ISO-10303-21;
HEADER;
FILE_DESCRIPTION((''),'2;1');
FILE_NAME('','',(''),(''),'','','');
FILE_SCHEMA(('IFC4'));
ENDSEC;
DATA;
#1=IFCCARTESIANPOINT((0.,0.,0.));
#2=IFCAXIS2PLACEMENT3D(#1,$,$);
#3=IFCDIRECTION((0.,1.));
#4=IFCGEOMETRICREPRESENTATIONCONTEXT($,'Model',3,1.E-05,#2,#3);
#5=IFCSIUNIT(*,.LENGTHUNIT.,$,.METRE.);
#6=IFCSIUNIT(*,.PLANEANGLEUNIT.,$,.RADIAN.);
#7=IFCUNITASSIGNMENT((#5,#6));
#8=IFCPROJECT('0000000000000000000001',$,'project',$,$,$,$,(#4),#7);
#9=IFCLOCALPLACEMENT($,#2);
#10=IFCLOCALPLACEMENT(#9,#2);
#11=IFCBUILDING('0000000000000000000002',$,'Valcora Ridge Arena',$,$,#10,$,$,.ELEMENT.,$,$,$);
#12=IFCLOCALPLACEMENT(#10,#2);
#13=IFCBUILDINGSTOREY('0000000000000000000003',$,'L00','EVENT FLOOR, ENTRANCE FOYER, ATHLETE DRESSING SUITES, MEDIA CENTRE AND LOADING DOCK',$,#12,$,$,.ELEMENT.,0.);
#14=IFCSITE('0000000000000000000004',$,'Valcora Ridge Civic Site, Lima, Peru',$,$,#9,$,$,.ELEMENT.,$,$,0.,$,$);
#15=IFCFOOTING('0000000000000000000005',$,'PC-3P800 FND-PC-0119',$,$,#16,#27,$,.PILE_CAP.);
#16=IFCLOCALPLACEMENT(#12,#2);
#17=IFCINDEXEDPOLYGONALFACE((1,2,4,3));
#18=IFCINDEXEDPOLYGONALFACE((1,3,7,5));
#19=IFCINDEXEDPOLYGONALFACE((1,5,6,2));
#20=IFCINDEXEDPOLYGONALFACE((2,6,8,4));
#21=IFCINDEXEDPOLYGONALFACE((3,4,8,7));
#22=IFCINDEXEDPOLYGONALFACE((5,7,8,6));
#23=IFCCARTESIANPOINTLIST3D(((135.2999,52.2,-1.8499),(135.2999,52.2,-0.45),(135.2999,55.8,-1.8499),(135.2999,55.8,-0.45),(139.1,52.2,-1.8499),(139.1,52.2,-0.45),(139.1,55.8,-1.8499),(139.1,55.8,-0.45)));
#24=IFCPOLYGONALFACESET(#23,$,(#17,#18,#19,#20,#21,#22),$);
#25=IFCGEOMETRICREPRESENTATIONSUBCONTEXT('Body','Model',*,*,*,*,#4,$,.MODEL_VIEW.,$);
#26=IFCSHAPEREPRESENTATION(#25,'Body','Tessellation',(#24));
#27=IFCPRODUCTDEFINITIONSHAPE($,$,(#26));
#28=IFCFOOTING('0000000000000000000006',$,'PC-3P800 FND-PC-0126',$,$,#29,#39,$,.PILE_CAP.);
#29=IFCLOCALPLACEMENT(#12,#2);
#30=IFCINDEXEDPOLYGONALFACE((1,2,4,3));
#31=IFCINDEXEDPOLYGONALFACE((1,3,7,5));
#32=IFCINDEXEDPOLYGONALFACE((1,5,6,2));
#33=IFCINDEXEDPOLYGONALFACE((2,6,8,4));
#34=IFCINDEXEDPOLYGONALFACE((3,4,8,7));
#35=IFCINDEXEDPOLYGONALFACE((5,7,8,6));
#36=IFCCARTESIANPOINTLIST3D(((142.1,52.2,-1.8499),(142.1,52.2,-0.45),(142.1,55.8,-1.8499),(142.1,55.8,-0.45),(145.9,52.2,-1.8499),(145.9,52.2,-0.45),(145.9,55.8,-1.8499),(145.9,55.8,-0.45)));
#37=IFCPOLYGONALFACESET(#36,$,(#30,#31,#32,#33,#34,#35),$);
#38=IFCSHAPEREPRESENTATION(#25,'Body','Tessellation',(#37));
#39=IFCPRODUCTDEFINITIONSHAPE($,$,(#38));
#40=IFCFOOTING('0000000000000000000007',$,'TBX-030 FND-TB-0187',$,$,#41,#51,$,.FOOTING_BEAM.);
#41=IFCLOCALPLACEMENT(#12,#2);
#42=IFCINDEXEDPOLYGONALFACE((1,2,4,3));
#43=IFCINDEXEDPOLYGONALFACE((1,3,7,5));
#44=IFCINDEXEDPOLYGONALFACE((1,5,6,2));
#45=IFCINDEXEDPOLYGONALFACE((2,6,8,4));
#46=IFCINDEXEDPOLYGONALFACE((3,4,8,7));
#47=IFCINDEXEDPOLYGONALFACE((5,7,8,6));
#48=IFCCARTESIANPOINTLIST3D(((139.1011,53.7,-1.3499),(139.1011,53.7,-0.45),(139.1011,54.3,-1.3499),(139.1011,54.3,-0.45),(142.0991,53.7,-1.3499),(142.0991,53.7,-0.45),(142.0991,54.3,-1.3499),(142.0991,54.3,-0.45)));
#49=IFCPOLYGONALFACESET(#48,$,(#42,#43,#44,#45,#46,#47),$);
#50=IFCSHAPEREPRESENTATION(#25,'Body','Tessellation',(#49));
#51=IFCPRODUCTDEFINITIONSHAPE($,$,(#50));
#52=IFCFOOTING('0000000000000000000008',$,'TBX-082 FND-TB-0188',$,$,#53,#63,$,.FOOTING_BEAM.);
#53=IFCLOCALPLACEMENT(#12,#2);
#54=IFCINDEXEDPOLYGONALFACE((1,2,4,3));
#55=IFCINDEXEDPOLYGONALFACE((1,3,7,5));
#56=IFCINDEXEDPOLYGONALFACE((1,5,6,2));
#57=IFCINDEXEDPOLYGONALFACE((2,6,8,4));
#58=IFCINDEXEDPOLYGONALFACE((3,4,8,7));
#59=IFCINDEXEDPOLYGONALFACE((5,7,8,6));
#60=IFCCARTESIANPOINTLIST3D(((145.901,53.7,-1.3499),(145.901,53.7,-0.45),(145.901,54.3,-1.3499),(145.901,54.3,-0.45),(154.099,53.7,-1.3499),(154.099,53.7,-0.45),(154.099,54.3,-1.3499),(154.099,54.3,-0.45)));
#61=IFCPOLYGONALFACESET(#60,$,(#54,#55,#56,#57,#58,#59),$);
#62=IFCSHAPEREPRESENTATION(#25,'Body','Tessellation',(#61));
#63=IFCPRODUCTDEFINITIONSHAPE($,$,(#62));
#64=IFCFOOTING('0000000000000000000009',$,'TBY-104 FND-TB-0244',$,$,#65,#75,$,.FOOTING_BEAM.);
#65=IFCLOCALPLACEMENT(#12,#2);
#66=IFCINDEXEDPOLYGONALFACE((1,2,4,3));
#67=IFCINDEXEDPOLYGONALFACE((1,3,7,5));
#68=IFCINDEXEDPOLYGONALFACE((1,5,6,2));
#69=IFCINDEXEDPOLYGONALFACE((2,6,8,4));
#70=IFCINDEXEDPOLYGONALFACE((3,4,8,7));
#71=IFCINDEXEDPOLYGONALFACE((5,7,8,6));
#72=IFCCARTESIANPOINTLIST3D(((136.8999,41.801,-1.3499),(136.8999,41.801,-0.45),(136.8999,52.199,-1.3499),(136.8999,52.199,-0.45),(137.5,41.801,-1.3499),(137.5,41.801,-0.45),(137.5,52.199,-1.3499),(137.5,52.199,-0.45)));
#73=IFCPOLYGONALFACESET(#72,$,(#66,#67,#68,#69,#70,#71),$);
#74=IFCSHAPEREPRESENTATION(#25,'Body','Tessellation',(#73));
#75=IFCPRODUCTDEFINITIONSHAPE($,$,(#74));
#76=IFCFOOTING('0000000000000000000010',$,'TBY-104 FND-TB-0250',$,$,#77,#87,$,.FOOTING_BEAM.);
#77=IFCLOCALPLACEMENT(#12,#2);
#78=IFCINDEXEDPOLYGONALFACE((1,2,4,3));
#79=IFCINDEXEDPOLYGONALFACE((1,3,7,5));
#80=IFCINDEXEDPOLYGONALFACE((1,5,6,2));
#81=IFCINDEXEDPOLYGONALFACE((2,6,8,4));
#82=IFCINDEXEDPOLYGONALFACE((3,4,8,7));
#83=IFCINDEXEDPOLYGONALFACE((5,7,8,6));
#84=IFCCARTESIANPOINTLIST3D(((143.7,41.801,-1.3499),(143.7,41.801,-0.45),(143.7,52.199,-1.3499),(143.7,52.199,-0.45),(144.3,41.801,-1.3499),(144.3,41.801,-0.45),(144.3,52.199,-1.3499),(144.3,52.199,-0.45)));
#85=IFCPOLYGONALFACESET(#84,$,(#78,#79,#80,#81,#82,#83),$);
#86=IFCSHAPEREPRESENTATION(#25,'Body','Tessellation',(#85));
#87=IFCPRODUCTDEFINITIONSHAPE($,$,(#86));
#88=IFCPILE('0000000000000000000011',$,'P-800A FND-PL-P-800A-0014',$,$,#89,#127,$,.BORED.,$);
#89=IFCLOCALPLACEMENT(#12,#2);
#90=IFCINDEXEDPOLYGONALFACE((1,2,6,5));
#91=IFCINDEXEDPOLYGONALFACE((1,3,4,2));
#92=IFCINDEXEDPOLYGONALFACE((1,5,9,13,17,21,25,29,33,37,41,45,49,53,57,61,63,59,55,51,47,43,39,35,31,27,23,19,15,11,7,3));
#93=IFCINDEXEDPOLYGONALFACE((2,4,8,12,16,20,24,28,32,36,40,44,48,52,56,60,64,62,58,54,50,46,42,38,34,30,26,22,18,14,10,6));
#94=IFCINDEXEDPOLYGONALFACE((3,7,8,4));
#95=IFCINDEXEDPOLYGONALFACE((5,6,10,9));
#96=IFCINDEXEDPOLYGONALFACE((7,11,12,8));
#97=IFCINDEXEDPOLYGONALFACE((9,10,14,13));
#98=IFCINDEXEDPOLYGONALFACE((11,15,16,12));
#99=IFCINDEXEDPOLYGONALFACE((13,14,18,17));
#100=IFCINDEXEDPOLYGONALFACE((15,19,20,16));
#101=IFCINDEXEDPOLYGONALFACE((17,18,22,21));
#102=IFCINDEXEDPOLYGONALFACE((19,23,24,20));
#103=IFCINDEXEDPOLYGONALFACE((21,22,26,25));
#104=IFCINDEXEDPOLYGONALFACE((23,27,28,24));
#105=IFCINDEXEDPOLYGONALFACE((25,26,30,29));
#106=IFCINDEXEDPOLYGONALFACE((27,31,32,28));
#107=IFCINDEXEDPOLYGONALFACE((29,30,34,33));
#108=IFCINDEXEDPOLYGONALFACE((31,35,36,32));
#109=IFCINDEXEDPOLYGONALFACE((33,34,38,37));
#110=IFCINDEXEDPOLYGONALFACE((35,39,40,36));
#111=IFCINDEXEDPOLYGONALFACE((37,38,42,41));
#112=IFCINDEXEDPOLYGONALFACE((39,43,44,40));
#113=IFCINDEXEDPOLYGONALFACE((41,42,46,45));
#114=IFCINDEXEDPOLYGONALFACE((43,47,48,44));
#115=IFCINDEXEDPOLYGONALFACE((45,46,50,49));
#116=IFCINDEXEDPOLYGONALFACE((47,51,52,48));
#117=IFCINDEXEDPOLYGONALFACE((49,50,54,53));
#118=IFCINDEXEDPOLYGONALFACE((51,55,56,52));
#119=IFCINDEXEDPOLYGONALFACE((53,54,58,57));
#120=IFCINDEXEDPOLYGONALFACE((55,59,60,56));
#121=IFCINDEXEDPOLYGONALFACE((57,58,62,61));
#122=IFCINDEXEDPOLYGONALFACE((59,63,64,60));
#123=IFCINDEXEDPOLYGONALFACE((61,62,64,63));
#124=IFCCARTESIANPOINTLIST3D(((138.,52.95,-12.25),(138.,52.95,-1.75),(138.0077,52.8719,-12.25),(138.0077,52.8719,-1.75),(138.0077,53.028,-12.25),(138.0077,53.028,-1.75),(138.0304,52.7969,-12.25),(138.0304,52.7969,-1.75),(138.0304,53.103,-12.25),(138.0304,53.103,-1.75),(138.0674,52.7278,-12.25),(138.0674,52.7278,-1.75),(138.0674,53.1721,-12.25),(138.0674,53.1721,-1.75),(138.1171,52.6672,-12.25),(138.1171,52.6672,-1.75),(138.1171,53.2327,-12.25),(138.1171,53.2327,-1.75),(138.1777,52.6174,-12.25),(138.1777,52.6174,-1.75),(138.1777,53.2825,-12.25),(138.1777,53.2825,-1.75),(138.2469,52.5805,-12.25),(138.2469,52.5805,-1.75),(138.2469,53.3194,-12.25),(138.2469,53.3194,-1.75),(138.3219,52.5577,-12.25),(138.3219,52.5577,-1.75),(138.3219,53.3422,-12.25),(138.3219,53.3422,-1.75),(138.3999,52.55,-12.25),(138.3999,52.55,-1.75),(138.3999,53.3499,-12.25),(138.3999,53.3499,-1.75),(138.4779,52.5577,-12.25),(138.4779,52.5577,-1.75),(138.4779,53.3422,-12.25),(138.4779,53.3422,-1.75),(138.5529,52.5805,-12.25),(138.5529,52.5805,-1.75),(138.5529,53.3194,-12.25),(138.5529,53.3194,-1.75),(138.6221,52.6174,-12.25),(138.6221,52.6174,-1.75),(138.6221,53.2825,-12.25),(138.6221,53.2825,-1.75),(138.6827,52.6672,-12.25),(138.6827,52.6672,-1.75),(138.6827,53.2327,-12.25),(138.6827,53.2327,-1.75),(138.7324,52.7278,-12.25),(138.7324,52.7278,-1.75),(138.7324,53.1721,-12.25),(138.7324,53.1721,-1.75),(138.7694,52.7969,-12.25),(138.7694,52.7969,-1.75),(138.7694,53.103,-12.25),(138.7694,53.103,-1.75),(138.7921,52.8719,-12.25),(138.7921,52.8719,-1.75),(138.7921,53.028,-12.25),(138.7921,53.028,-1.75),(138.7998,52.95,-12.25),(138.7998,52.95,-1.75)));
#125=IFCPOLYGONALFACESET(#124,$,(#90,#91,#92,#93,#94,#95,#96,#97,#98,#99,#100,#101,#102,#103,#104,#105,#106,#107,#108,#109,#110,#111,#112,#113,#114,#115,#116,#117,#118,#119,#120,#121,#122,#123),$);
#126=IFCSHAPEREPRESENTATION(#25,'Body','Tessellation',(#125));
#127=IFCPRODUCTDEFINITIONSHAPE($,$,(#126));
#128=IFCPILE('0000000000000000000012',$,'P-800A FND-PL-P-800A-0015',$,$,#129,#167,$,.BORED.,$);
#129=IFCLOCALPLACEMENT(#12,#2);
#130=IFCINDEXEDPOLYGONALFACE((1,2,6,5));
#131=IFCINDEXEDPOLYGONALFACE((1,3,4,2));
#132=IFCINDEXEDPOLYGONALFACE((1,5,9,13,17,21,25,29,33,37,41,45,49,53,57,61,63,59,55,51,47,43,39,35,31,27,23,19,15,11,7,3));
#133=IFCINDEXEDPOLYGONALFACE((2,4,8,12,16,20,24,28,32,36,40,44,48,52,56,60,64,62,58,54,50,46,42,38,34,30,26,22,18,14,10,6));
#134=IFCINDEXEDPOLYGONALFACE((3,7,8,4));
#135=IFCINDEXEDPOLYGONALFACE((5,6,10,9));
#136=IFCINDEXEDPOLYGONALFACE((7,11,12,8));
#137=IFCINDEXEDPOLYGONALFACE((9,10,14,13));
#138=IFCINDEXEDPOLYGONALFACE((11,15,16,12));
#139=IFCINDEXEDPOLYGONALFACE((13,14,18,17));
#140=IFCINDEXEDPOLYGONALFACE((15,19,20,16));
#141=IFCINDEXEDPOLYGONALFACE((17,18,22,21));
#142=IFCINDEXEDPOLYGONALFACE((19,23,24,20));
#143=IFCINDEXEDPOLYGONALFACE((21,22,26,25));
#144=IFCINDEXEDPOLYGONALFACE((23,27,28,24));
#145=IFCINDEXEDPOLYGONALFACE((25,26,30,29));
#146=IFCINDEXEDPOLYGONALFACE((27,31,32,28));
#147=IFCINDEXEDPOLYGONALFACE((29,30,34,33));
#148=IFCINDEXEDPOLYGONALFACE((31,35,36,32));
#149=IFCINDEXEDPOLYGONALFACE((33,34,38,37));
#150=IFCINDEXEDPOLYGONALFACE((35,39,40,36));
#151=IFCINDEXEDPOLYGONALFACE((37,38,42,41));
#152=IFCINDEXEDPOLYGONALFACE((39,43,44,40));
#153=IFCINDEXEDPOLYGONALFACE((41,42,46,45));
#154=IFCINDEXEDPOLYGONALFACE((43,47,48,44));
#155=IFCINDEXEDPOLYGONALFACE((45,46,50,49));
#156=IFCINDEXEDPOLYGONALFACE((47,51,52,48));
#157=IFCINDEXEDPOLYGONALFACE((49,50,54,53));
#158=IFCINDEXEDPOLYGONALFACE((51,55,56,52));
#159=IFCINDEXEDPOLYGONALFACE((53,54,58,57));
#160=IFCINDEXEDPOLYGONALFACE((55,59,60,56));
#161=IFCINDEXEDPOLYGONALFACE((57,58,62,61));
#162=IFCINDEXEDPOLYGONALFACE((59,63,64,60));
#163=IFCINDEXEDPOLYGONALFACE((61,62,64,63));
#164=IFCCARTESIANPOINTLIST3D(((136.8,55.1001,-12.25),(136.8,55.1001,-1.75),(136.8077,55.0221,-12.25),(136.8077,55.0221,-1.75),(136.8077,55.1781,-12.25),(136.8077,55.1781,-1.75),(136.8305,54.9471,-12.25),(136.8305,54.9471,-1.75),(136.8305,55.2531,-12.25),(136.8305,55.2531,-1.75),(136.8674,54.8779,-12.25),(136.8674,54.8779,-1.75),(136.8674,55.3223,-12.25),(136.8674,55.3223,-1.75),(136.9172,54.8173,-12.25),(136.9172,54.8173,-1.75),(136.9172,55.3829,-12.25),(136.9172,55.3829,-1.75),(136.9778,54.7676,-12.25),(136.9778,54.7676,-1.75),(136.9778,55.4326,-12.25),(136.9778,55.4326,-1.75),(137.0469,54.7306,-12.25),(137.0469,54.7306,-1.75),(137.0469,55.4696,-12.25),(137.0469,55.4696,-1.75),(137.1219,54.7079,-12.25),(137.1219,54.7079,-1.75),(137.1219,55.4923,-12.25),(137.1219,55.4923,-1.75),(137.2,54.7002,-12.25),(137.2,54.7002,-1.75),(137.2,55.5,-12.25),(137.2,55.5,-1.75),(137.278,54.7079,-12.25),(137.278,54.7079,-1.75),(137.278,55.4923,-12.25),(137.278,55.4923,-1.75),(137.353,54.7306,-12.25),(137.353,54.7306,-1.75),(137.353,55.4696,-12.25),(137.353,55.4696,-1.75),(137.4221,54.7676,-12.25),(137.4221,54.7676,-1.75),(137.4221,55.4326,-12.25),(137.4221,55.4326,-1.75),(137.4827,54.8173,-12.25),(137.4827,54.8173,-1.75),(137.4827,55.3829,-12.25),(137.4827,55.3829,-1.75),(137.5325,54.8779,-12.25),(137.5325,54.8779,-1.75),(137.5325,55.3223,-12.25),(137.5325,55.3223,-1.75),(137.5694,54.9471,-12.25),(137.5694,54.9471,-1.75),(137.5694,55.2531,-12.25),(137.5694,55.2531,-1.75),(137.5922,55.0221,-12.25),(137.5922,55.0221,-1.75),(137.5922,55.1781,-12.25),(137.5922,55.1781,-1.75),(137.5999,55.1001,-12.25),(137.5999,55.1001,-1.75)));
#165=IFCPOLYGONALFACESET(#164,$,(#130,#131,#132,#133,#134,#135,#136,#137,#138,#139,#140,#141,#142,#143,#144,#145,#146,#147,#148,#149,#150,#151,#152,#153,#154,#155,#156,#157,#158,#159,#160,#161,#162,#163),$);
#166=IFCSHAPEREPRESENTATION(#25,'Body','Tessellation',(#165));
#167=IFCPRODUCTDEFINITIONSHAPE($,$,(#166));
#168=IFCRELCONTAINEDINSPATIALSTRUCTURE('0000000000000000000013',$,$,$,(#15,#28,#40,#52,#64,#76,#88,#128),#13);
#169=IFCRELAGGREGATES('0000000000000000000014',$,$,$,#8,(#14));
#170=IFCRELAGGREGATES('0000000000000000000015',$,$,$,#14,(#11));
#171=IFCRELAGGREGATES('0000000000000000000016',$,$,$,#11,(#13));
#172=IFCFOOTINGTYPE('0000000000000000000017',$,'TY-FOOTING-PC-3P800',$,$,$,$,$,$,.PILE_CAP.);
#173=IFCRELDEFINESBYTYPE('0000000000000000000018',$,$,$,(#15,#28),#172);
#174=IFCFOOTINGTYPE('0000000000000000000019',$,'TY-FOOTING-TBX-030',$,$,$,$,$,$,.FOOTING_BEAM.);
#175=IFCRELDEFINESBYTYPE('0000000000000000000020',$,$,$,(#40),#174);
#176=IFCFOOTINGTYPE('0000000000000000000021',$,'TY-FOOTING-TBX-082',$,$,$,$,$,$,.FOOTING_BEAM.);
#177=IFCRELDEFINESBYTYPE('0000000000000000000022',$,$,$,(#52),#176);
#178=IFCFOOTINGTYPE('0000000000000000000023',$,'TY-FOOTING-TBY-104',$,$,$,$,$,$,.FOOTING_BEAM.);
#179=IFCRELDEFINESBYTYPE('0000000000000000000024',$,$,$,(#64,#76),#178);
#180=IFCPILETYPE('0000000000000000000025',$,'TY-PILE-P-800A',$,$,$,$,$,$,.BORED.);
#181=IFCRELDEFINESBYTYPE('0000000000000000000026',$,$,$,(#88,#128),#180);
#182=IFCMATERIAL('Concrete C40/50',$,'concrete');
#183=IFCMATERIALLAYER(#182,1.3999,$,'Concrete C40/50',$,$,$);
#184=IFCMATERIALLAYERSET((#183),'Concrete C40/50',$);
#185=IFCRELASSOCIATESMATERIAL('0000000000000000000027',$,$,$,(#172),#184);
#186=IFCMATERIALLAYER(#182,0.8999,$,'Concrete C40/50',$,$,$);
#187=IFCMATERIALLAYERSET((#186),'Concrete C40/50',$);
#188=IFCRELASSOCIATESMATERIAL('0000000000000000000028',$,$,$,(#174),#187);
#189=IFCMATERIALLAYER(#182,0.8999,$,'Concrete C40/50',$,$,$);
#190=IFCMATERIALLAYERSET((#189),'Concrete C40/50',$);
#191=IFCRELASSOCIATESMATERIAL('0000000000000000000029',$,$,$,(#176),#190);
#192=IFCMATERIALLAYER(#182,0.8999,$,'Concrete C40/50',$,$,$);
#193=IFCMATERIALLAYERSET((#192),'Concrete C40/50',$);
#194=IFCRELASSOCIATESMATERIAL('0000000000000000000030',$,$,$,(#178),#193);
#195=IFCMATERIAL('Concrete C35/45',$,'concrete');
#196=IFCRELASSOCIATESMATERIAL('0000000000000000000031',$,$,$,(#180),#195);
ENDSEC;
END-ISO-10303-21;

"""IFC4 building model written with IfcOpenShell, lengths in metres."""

from ifc_helpers import new_model, si_unit, direction, frame, origin, origin_2d, place, context, subcontext, project, spatial, rectangle, circle, extrude, material, layer, layer_set, material_profile, profile_set, type_object, element, save


model = new_model("IFC4")

# Units and contexts
model_context = context("Model", 3, precision=1e-05, world=origin(), true_north=direction((0.0, 1.0)))
body_context = subcontext(model_context, "Body", "Model", "MODEL_VIEW")
ifc_project = project(units=[si_unit("LENGTHUNIT", "METRE"), si_unit("PLANEANGLEUNIT", "RADIAN")], contexts=[model_context])

# Site, building, storey
site_placement = place(None, origin())
site = spatial("IfcSite", under=ifc_project, at=site_placement, Name="Valcora Ridge Civic Site, Lima, Peru", CompositionType="ELEMENT", RefElevation=0.0)
building_placement = place(site_placement, origin())
building = spatial("IfcBuilding", under=site, at=building_placement, Name="Valcora Ridge Arena", CompositionType="ELEMENT")
storey_placement = place(building_placement, origin())
storey = spatial("IfcBuildingStorey", under=building, at=storey_placement, Name="L00", Description="EVENT FLOOR, ENTRANCE FOYER, ATHLETE DRESSING SUITES, MEDIA CENTRE AND LOADING DOCK", CompositionType="ELEMENT", Elevation=0.0)

# Footings
ifc_material_1 = material(Name="Concrete C40/50", Category="concrete")
ifc_layer_1 = layer(ifc_material_1, 1.3999, Name="Concrete C40/50")
ifc_layer_set_1 = layer_set([ifc_layer_1], Name="Concrete C40/50")
footing_type_1 = type_object("IfcFootingType", Name="TY-FOOTING-PC-3P800", PredefinedType="PILE_CAP", material=ifc_layer_set_1)
for number, where, z_axis, x_axis, name in (
    (1, (137.2, 54.0, -1.8499), (0.0, 0.0, 1.0), (1.0, 0.0, 0.0), "PC-3P800 FND-PC-0119"),
    (2, (144.0, 54.0, -1.8499), (0.0, 0.0, 1.0), (1.0, 0.0, 0.0), "PC-3P800 FND-PC-0126"),
):
    element("IfcFooting", number, at=place(storey_placement, frame(where, z_axis=z_axis, x_axis=x_axis)), inside=storey, type_object=footing_type_1, Name=name, PredefinedType="PILE_CAP", context=body_context, shape_type="SweptSolid", body=[
        extrude(rectangle(XDim=3.8, YDim=3.6001, at=origin_2d()), origin(), (0.0, 0.0, 1.0), 1.3999),
    ])
ifc_layer_2 = layer(ifc_material_1, 0.8999, Name="Concrete C40/50")
ifc_layer_set_2 = layer_set([ifc_layer_2], Name="Concrete C40/50")
footing_type_2 = type_object("IfcFootingType", Name="TY-FOOTING-TBX-030", PredefinedType="FOOTING_BEAM", material=ifc_layer_set_2)
footing_1_placement = place(storey_placement, frame((140.6001, 54.0, -1.3499), z_axis=(0.0, 0.0, 1.0), x_axis=(1.0, 0.0, 0.0)))
element("IfcFooting", 3, at=footing_1_placement, inside=storey, type_object=footing_type_2, Name="TBX-030 FND-TB-0187", PredefinedType="FOOTING_BEAM", context=body_context, shape_type="SweptSolid", body=[
    extrude(rectangle(XDim=2.998, YDim=0.6001, at=origin_2d()), origin(), (0.0, 0.0, 1.0), 0.8999),
])
ifc_layer_3 = layer(ifc_material_1, 0.8999, Name="Concrete C40/50")
ifc_layer_set_3 = layer_set([ifc_layer_3], Name="Concrete C40/50")
footing_type_3 = type_object("IfcFootingType", Name="TY-FOOTING-TBX-082", PredefinedType="FOOTING_BEAM", material=ifc_layer_set_3)
footing_2_placement = place(storey_placement, frame((150.0, 54.0, -1.3499), z_axis=(0.0, 0.0, 1.0), x_axis=(1.0, 0.0, 0.0)))
element("IfcFooting", 4, at=footing_2_placement, inside=storey, type_object=footing_type_3, Name="TBX-082 FND-TB-0188", PredefinedType="FOOTING_BEAM", context=body_context, shape_type="SweptSolid", body=[
    extrude(rectangle(XDim=8.198, YDim=0.6001, at=origin_2d()), origin(), (0.0, 0.0, 1.0), 0.8999),
])
ifc_layer_4 = layer(ifc_material_1, 0.8999, Name="Concrete C40/50")
ifc_layer_set_4 = layer_set([ifc_layer_4], Name="Concrete C40/50")
footing_type_4 = type_object("IfcFootingType", Name="TY-FOOTING-TBY-104", PredefinedType="FOOTING_BEAM", material=ifc_layer_set_4)
for number, where, z_axis, x_axis, name in (
    (5, (137.2, 47.0, -1.3499), (0.0, 0.0, 1.0), (1.0, 0.0, 0.0), "TBY-104 FND-TB-0244"),
    (6, (144.0, 47.0, -1.3499), (0.0, 0.0, 1.0), (1.0, 0.0, 0.0), "TBY-104 FND-TB-0250"),
):
    element("IfcFooting", number, at=place(storey_placement, frame(where, z_axis=z_axis, x_axis=x_axis)), inside=storey, type_object=footing_type_4, Name=name, PredefinedType="FOOTING_BEAM", context=body_context, shape_type="SweptSolid", body=[
        extrude(rectangle(XDim=0.6001, YDim=10.3979, at=origin_2d()), origin(), (0.0, 0.0, 1.0), 0.8999),
    ])

# Piles
ifc_material_2 = material(Name="Concrete C35/45", Category="concrete")
ifc_material_profile_1 = material_profile(ifc_material_2, circle(Radius=0.3999, at=origin_2d()), Name="BORED PILE D800")
ifc_profile_set_1 = profile_set([ifc_material_profile_1], Name="Concrete C35/45")
pile_type = type_object("IfcPileType", Name="TY-PILE-P-800A", PredefinedType="BORED", material=ifc_profile_set_1)
for number, where, z_axis, x_axis, name in (
    (7, (138.3999, 52.95, -1.75), (0.0, 0.0, -1.0), (1.0, 0.0, 0.0), "P-800A FND-PL-P-800A-0014"),
    (8, (137.2, 55.1001, -1.75), (0.0, 0.0, -1.0), (1.0, 0.0, 0.0), "P-800A FND-PL-P-800A-0015"),
):
    element("IfcPile", number, at=place(storey_placement, frame(where, z_axis=z_axis, x_axis=x_axis)), inside=storey, type_object=pile_type, Name=name, PredefinedType="BORED", context=body_context, shape_type="SweptSolid", body=[
        extrude(circle(Radius=0.3999, at=origin_2d()), origin(), (0.0, 0.0, 1.0), 10.5),
    ])

save(model, "model.ifc")
